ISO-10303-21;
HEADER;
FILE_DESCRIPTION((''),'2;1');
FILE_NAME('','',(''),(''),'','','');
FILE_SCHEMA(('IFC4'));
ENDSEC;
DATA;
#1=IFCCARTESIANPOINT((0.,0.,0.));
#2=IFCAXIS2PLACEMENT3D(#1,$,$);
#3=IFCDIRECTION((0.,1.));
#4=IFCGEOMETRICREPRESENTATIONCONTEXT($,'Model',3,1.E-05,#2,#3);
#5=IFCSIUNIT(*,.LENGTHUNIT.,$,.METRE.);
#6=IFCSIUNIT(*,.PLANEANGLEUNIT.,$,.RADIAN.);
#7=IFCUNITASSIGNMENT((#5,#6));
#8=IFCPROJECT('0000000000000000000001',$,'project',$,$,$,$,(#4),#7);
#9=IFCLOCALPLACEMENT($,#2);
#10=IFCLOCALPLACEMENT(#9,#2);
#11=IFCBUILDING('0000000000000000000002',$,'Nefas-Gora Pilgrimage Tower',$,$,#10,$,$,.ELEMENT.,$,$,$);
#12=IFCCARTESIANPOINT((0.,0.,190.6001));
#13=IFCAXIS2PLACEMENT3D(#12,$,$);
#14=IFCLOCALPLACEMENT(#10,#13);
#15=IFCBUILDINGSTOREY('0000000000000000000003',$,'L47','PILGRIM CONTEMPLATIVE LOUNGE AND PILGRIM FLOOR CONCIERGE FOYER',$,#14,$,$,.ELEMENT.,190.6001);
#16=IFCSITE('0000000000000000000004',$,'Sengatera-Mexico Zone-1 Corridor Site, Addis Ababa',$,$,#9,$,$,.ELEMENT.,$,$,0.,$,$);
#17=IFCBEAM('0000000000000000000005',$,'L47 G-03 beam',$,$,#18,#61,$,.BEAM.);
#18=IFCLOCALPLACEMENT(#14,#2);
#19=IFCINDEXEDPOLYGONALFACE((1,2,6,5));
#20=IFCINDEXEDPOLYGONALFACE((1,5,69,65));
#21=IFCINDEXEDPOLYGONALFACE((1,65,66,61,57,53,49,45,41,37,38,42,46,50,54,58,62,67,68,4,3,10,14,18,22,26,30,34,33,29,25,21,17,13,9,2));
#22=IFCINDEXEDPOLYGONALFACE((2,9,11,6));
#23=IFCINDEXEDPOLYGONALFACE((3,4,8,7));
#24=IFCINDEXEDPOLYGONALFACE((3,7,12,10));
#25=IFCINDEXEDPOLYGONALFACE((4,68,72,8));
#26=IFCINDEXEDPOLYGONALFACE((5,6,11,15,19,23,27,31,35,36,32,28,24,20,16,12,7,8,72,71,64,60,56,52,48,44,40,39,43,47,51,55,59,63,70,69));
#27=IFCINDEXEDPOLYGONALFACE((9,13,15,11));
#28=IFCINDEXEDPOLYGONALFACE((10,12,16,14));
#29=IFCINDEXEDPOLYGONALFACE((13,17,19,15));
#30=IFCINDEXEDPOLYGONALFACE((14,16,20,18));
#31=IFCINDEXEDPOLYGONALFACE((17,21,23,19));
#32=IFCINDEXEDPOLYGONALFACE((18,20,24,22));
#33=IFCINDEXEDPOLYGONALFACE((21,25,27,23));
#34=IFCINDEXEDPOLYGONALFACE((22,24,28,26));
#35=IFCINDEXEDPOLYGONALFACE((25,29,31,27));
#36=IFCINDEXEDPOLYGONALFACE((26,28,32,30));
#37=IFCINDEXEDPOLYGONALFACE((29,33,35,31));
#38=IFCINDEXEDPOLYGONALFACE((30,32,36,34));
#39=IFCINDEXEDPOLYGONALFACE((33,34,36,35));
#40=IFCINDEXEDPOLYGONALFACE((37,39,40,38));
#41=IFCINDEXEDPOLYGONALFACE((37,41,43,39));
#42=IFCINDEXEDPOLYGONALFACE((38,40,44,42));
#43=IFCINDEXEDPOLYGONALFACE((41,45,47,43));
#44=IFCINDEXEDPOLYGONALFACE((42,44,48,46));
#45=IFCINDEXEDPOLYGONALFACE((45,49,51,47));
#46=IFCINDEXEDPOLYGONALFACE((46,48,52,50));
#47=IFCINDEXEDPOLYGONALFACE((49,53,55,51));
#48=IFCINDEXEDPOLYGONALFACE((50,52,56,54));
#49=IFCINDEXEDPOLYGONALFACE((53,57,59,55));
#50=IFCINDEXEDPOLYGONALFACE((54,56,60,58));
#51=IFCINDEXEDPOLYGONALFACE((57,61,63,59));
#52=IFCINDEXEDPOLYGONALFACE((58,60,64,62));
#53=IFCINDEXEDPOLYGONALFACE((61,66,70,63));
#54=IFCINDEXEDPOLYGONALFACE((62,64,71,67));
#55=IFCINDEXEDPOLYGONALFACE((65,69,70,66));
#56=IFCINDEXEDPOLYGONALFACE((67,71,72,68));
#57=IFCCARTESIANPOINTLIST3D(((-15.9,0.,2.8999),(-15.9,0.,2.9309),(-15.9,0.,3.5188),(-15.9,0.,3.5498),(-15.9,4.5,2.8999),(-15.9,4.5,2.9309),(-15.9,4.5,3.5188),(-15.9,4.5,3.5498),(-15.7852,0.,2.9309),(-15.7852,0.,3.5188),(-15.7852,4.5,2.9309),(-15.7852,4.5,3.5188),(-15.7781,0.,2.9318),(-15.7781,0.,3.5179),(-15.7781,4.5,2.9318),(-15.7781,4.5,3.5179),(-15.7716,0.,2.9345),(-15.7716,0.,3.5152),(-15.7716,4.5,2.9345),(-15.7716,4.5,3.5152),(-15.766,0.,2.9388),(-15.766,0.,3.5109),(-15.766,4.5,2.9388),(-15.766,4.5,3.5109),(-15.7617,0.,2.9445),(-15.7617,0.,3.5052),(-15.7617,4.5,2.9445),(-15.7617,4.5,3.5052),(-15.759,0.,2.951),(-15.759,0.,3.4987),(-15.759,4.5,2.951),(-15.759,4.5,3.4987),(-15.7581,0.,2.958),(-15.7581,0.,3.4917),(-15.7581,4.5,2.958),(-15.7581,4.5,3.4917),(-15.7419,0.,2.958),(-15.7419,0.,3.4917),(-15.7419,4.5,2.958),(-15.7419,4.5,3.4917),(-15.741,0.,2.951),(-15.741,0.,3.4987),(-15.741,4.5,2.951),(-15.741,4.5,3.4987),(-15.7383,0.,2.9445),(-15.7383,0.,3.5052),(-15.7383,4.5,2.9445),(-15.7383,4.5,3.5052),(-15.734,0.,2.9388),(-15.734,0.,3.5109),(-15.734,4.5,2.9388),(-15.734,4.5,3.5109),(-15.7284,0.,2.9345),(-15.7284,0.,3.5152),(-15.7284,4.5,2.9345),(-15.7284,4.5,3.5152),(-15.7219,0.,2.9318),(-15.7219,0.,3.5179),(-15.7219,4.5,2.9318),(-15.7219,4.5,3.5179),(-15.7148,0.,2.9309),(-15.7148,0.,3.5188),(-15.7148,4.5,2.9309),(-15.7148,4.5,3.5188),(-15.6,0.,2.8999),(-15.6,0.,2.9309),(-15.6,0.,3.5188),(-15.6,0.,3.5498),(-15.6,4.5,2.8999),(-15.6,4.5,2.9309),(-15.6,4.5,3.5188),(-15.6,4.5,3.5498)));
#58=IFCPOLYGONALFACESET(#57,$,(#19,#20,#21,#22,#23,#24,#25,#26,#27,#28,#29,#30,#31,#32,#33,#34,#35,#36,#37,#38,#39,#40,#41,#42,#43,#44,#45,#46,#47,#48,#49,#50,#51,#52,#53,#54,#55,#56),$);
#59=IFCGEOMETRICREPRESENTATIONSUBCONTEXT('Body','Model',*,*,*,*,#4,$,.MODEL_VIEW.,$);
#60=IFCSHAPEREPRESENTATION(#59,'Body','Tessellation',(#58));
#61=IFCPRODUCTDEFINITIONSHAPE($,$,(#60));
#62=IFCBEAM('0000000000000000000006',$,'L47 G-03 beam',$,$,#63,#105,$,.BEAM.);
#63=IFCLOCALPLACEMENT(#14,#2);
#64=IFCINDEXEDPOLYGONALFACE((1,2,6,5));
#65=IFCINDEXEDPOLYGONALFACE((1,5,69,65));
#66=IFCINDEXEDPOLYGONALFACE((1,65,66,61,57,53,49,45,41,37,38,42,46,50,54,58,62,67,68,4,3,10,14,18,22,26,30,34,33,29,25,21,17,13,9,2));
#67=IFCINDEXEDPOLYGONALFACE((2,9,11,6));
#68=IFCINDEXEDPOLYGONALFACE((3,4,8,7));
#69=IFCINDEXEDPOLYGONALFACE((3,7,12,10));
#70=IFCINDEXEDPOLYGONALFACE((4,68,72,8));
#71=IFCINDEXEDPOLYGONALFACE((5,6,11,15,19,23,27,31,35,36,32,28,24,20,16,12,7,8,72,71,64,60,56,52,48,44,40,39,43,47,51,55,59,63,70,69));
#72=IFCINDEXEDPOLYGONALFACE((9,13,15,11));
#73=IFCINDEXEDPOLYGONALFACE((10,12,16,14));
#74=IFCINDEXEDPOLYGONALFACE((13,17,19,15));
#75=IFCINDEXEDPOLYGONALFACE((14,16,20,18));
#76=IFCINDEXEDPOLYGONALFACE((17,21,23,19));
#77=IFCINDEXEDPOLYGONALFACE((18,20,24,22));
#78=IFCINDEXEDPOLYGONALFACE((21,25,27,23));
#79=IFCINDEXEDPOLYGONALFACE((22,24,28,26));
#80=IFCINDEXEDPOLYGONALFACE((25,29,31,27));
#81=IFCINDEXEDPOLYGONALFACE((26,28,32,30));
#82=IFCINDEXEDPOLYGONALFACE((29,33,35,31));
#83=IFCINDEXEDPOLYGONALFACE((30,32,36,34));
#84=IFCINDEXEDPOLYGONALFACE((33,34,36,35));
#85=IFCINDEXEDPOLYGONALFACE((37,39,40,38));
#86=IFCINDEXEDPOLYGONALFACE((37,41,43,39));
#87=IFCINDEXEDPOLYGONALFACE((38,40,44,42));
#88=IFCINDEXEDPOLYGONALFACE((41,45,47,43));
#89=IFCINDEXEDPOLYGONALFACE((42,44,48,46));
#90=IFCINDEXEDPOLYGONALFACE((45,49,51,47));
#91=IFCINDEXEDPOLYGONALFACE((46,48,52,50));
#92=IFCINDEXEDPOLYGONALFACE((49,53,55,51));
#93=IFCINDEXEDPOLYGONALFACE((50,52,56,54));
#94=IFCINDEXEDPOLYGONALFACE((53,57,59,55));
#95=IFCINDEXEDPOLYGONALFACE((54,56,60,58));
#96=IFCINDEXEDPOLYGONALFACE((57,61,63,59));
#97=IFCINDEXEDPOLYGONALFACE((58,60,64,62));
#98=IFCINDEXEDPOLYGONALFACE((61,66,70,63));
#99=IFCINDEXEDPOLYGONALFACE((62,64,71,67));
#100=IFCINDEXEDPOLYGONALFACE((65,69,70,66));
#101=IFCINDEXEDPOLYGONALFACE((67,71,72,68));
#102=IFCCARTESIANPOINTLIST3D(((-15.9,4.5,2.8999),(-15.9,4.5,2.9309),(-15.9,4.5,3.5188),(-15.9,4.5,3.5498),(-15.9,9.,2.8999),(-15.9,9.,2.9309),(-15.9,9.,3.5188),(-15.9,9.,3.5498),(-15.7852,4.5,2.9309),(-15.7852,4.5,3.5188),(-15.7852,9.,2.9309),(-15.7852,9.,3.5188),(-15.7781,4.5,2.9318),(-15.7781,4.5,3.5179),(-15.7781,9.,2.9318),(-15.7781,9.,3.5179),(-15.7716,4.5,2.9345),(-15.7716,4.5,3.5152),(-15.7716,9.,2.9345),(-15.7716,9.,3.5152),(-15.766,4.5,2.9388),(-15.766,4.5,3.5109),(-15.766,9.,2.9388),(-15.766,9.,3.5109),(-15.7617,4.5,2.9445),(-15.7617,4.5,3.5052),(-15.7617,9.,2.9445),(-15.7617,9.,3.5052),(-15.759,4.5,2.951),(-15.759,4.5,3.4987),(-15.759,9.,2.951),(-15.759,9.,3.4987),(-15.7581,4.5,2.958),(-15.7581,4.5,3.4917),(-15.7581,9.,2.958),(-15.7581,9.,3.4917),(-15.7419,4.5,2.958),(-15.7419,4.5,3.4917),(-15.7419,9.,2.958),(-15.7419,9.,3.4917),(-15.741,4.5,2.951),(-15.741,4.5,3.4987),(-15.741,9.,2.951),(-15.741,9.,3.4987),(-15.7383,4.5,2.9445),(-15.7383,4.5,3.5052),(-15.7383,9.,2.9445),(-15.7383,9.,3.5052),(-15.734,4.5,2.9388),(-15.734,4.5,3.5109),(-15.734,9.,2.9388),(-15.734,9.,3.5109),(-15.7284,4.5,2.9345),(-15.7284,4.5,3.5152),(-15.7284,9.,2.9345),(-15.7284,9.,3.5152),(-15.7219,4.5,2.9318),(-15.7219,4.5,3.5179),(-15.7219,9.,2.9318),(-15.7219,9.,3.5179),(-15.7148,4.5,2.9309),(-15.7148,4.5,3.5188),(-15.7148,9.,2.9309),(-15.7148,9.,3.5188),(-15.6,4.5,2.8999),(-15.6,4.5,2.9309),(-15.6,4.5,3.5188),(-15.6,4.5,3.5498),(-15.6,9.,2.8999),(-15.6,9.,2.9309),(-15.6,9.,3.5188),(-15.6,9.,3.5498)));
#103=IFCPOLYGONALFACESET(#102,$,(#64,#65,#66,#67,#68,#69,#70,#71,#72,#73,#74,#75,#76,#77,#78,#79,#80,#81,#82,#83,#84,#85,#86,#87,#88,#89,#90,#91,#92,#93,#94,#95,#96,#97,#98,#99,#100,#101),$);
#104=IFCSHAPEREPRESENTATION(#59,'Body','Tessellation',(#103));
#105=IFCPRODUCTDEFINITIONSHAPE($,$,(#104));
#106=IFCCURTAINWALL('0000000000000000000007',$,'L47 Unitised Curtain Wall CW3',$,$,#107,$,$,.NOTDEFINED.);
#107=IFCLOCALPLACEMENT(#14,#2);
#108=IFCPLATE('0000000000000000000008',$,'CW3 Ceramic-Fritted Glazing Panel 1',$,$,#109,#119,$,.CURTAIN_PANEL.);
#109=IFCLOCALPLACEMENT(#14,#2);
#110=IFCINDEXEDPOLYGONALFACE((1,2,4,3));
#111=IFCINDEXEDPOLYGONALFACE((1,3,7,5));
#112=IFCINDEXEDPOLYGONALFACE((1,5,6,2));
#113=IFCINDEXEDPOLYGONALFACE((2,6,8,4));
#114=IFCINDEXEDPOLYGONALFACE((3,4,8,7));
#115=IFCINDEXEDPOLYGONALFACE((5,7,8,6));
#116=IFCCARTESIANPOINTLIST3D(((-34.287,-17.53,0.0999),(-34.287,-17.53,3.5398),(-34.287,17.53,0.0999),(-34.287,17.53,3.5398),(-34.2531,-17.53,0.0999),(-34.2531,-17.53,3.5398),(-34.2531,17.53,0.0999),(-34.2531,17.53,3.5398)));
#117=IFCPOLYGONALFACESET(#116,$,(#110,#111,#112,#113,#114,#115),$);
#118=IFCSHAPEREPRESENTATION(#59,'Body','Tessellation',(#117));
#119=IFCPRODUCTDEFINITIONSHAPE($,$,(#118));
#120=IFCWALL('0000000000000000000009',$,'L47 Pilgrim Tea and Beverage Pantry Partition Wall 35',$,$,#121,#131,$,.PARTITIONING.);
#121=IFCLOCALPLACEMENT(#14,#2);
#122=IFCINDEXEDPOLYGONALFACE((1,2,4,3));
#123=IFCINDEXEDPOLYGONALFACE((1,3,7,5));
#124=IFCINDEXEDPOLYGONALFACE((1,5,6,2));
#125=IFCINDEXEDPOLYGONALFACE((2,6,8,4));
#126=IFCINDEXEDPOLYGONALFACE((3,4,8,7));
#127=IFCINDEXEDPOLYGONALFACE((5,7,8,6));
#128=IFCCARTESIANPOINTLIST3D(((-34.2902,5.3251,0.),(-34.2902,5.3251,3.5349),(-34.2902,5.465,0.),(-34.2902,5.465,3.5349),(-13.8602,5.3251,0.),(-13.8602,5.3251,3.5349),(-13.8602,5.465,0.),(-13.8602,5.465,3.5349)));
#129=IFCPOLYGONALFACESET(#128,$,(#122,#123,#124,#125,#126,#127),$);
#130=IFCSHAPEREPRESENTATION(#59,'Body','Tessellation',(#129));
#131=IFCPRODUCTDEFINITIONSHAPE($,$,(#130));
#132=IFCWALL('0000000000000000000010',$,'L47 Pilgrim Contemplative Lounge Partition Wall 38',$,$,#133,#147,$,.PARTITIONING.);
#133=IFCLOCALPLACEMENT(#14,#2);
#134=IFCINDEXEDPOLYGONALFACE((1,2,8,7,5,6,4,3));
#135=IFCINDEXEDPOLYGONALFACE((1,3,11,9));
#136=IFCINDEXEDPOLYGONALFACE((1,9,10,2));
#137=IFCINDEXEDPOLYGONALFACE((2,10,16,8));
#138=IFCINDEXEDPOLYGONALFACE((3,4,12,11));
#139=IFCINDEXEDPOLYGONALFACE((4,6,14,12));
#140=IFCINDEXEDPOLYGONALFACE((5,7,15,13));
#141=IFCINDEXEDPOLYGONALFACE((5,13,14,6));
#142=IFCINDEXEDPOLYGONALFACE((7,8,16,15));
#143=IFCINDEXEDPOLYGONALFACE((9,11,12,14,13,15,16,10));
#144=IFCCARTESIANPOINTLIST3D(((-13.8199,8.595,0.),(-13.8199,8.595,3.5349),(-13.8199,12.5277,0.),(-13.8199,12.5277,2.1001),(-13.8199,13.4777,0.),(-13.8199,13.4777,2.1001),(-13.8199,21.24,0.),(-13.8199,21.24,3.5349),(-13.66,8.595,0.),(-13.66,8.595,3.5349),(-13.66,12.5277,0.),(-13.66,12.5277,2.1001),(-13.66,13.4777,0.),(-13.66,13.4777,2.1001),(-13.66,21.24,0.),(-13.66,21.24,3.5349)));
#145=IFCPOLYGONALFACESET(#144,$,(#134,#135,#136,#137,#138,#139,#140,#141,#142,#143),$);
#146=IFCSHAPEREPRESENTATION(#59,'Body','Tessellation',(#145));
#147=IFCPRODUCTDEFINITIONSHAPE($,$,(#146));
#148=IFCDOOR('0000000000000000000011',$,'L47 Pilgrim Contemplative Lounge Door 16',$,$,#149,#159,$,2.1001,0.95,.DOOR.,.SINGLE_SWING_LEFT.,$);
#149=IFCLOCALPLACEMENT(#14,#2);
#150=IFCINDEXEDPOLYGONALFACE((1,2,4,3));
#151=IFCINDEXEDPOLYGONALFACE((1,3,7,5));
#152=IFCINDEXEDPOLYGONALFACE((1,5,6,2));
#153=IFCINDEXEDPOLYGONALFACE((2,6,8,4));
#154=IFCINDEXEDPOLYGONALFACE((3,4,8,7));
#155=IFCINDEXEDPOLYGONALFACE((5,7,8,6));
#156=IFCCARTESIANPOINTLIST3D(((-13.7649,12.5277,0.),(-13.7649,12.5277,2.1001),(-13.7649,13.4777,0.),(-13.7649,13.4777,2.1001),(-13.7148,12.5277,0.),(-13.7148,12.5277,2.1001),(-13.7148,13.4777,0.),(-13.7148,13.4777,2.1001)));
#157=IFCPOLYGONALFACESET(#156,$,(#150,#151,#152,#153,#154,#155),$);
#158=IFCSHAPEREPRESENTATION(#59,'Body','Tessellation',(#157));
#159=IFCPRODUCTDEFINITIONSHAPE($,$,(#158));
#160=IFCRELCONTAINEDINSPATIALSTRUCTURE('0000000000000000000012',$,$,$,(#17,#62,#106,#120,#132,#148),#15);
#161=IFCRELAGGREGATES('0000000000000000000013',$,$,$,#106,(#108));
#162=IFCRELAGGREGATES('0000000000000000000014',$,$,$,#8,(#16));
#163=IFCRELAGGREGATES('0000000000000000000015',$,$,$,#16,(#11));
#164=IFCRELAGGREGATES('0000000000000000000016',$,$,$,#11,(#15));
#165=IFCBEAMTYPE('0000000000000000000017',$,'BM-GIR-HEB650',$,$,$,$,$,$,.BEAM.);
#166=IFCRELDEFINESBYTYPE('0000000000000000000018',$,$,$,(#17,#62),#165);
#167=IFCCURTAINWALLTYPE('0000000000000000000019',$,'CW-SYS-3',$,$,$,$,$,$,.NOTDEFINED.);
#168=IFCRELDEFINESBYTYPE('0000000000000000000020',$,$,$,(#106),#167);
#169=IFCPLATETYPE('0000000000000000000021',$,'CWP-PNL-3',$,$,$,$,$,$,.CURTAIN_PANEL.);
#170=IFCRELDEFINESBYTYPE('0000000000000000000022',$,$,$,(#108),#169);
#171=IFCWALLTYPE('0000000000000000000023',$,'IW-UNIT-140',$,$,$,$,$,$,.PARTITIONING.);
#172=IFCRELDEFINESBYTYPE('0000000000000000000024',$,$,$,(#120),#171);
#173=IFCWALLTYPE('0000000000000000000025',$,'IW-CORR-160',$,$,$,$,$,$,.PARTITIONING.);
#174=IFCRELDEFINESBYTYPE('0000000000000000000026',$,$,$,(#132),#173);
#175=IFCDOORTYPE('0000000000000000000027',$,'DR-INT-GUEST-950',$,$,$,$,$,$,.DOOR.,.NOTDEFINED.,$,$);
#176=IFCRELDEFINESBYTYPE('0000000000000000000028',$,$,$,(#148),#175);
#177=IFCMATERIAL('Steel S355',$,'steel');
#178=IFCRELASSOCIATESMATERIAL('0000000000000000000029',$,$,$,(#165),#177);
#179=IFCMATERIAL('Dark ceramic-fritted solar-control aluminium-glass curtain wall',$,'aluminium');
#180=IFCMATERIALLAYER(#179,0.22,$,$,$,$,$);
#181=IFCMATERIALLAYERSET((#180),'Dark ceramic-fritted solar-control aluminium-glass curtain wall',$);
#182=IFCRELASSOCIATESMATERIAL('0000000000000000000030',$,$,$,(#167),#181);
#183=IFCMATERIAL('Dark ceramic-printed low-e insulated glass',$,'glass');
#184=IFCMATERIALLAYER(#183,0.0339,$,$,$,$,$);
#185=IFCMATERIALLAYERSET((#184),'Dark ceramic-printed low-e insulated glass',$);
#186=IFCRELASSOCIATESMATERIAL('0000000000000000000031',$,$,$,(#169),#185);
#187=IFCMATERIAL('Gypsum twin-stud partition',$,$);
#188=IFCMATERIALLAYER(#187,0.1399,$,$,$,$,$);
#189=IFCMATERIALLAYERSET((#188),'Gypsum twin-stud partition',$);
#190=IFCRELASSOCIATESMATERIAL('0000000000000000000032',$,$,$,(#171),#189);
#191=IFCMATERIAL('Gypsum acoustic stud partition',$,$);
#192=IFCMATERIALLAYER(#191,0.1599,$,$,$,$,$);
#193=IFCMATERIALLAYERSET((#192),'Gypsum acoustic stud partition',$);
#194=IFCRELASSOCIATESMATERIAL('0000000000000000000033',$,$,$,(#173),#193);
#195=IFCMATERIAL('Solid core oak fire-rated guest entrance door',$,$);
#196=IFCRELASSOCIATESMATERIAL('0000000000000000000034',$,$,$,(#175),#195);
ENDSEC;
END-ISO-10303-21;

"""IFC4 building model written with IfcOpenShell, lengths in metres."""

from ifc_helpers import new_model, si_unit, direction, frame, frame_2d, origin, origin_2d, place, context, subcontext, project, spatial, rectangle, i_section, extrude, source, transform, mapped, material, layer, layer_set, material_profile, profile_set, type_object, element, fill, aggregate, save


model = new_model("IFC4")

# Units and contexts
model_context = context("Model", 3, precision=1e-05, world=origin(), true_north=direction((0.0, 1.0)))
body_context = subcontext(model_context, "Body", "Model", "MODEL_VIEW")
ifc_project = project(units=[si_unit("LENGTHUNIT", "METRE"), si_unit("PLANEANGLEUNIT", "RADIAN")], contexts=[model_context])

# Site, building, storey
site_placement = place(None, origin())
site = spatial("IfcSite", under=ifc_project, at=site_placement, Name="Sengatera-Mexico Zone-1 Corridor Site, Addis Ababa", CompositionType="ELEMENT", RefElevation=0.0)
building_placement = place(site_placement, origin())
building = spatial("IfcBuilding", under=site, at=building_placement, Name="Nefas-Gora Pilgrimage Tower", CompositionType="ELEMENT")
storey_placement = place(building_placement, frame((0.0, 0.0, 190.6001)))
storey = spatial("IfcBuildingStorey", under=building, at=storey_placement, Name="L47", Description="PILGRIM CONTEMPLATIVE LOUNGE AND PILGRIM FLOOR CONCIERGE FOYER", CompositionType="ELEMENT", Elevation=190.6001)

# Beams
ifc_material_1 = material(Name="Steel S355", Category="steel")
ifc_material_profile_1 = material_profile(ifc_material_1, i_section(OverallWidth=0.3, OverallDepth=0.6499, WebThickness=0.0161, FlangeThickness=0.031, FilletRadius=0.0271, at=origin_2d()), Name="HEB 650")
ifc_profile_set_1 = profile_set([ifc_material_profile_1], Name="Steel S355")
beam_type_1 = type_object("IfcBeamType", Name="BM-GIR-HEB650", PredefinedType="BEAM", material=ifc_profile_set_1)
shared_shape_1 = source(origin(), body_context, "Body", "SweptSolid", [
    extrude(i_section(OverallWidth=0.3, OverallDepth=0.6499, WebThickness=0.0161, FlangeThickness=0.031, FilletRadius=0.0271, at=origin_2d()), origin(), (0.0, 0.0, 1.0), 4.5),
])
for number, where, z_axis, x_axis, name in (
    (1, (-15.75, 0.0, 3.2249), (0.0, 1.0, 0.0), (-1.0, 0.0, 0.0), "L47 G-03 beam"),
    (2, (-15.75, 4.5, 3.2249), (0.0, 1.0, 0.0), (-1.0, 0.0, 0.0), "L47 G-03 beam"),
):
    element("IfcBeam", number, at=place(storey_placement, frame(where, z_axis=z_axis, x_axis=x_axis)), inside=storey, type_object=beam_type_1, Name=name, PredefinedType="BEAM", context=body_context, shape_type="MappedRepresentation", body=[
        mapped(shared_shape_1, transform((0.0, 0.0, 0.0), x_axis=(1.0, 0.0, 0.0), y_axis=(0.0, 1.0, 0.0), z_axis=(0.0, 0.0, 1.0), scale=1.0)),
    ])

# Curtain wall, plate
ifc_material_2 = material(Name="Dark ceramic-fritted solar-control aluminium-glass curtain wall", Category="aluminium")
ifc_layer_1 = layer(ifc_material_2, 0.22)
ifc_layer_set_1 = layer_set([ifc_layer_1], Name="Dark ceramic-fritted solar-control aluminium-glass curtain wall")
curtain_wall_type = type_object("IfcCurtainWallType", Name="CW-SYS-3", PredefinedType="NOTDEFINED", material=ifc_layer_set_1)
curtain_wall_placement = place(storey_placement, origin())
curtain_wall = element("IfcCurtainWall", 3, at=curtain_wall_placement, inside=storey, type_object=curtain_wall_type, Name="L47 Unitised Curtain Wall CW3", PredefinedType="NOTDEFINED")
ifc_material_3 = material(Name="Dark ceramic-printed low-e insulated glass", Category="glass")
ifc_layer_2 = layer(ifc_material_3, 0.0339)
ifc_layer_set_2 = layer_set([ifc_layer_2], Name="Dark ceramic-printed low-e insulated glass")
plate_type = type_object("IfcPlateType", Name="CWP-PNL-3", PredefinedType="CURTAIN_PANEL", material=ifc_layer_set_2)
shared_shape_2 = source(origin(), body_context, "Body", "SweptSolid", [
    extrude(rectangle(XDim=35.0601, YDim=0.0339, at=origin_2d()), origin(), (0.0, 0.0, 1.0), 3.4399),
])
plate_placement = place(storey_placement, frame((-34.27, 0.0, 0.0999), z_axis=(0.0, 0.0, 1.0), x_axis=(0.0, -1.0, 0.0)))
plate = element("IfcPlate", 4, at=plate_placement, type_object=plate_type, Name="CW3 Ceramic-Fritted Glazing Panel 1", PredefinedType="CURTAIN_PANEL", context=body_context, shape_type="MappedRepresentation", body=[
    mapped(shared_shape_2, transform((0.0, 0.0, 0.0), x_axis=(1.0, 0.0, 0.0), y_axis=(0.0, 1.0, 0.0), z_axis=(0.0, 0.0, 1.0), scale=1.0)),
])
aggregate(curtain_wall, [plate])

# Wall
ifc_material_4 = material(Name="Gypsum twin-stud partition")
ifc_layer_3 = layer(ifc_material_4, 0.1399)
ifc_layer_set_3 = layer_set([ifc_layer_3], Name="Gypsum twin-stud partition")
wall_type_1 = type_object("IfcWallType", Name="IW-UNIT-140", PredefinedType="PARTITIONING", material=ifc_layer_set_3)
shared_shape_3 = source(origin(), body_context, "Body", "SweptSolid", [
    extrude(rectangle(XDim=20.4299, YDim=0.1399, at=frame_2d((10.2148, 0.0))), origin(), (0.0, 0.0, 1.0), 3.5349),
])
wall_1_placement = place(storey_placement, frame((-34.29, 5.395, 0.0), z_axis=(0.0, 0.0, 1.0), x_axis=(1.0, 0.0, 0.0)))
element("IfcWall", 5, at=wall_1_placement, inside=storey, type_object=wall_type_1, Name="L47 Pilgrim Tea and Beverage Pantry Partition Wall 35", PredefinedType="PARTITIONING", context=body_context, shape_type="MappedRepresentation", body=[
    mapped(shared_shape_3, transform((0.0, 0.0, 0.0), x_axis=(1.0, 0.0, 0.0), y_axis=(0.0, 1.0, 0.0), z_axis=(0.0, 0.0, 1.0), scale=1.0)),
])

# Wall, opening, door
ifc_material_5 = material(Name="Gypsum acoustic stud partition")
ifc_layer_4 = layer(ifc_material_5, 0.1599)
ifc_layer_set_4 = layer_set([ifc_layer_4], Name="Gypsum acoustic stud partition")
wall_type_2 = type_object("IfcWallType", Name="IW-CORR-160", PredefinedType="PARTITIONING", material=ifc_layer_set_4)
shared_shape_4 = source(origin(), body_context, "Body", "SweptSolid", [
    extrude(rectangle(XDim=12.645, YDim=0.1599, at=frame_2d((6.3225, 0.0))), origin(), (0.0, 0.0, 1.0), 3.5349),
])
wall_2_placement = place(storey_placement, frame((-13.74, 8.595, 0.0), z_axis=(0.0, 0.0, 1.0), x_axis=(0.0, 1.0, 0.0)))
wall_2 = element("IfcWall", 6, at=wall_2_placement, inside=storey, type_object=wall_type_2, Name="L47 Pilgrim Contemplative Lounge Partition Wall 38", PredefinedType="PARTITIONING", context=body_context, shape_type="MappedRepresentation", body=[
    mapped(shared_shape_4, transform((0.0, 0.0, 0.0), x_axis=(1.0, 0.0, 0.0), y_axis=(0.0, 1.0, 0.0), z_axis=(0.0, 0.0, 1.0), scale=1.0)),
])
opening_1_placement = place(wall_2_placement, frame((3.9326, 0.0, 0.0)))
opening_1 = element("IfcOpeningElement", 7, at=opening_1_placement, cuts=wall_2, PredefinedType="OPENING", context=body_context, shape_type="SweptSolid", body=[
    extrude(rectangle(XDim=0.95, YDim=2.1001, at=frame_2d((0.4751, 1.05))), frame((0.0, 0.0898, 0.0), z_axis=(0.0, -1.0, 0.0), x_axis=(1.0, 0.0, 0.0)), (0.0, 0.0, 1.0), 0.1799),
])
ifc_material_6 = material(Name="Solid core oak fire-rated guest entrance door")
door_type = type_object("IfcDoorType", Name="DR-INT-GUEST-950", OperationType="NOTDEFINED", PredefinedType="DOOR", material=ifc_material_6)
shared_shape_5 = source(origin(), body_context, "Body", "SweptSolid", [
    extrude(rectangle(XDim=0.95, YDim=2.1001, at=frame_2d((0.4751, 1.05))), frame((0.0, 0.0249, 0.0), z_axis=(0.0, -1.0, 0.0), x_axis=(1.0, 0.0, 0.0)), (0.0, 0.0, 1.0), 0.05),
])
door_1_placement = place(opening_1_placement, origin())
door_1 = element("IfcDoor", 8, at=door_1_placement, inside=storey, type_object=door_type, Name="L47 Pilgrim Contemplative Lounge Door 16", OperationType="SINGLE_SWING_LEFT", OverallHeight=2.1001, OverallWidth=0.95, PredefinedType="DOOR", context=body_context, shape_type="MappedRepresentation", body=[
    mapped(shared_shape_5, transform((0.0, 0.0, 0.0), x_axis=(1.0, 0.0, 0.0), y_axis=(0.0, 1.0, 0.0), z_axis=(0.0, 0.0, 1.0), scale=1.0)),
])
fill(opening_1, door_1)

save(model, "model.ifc")
